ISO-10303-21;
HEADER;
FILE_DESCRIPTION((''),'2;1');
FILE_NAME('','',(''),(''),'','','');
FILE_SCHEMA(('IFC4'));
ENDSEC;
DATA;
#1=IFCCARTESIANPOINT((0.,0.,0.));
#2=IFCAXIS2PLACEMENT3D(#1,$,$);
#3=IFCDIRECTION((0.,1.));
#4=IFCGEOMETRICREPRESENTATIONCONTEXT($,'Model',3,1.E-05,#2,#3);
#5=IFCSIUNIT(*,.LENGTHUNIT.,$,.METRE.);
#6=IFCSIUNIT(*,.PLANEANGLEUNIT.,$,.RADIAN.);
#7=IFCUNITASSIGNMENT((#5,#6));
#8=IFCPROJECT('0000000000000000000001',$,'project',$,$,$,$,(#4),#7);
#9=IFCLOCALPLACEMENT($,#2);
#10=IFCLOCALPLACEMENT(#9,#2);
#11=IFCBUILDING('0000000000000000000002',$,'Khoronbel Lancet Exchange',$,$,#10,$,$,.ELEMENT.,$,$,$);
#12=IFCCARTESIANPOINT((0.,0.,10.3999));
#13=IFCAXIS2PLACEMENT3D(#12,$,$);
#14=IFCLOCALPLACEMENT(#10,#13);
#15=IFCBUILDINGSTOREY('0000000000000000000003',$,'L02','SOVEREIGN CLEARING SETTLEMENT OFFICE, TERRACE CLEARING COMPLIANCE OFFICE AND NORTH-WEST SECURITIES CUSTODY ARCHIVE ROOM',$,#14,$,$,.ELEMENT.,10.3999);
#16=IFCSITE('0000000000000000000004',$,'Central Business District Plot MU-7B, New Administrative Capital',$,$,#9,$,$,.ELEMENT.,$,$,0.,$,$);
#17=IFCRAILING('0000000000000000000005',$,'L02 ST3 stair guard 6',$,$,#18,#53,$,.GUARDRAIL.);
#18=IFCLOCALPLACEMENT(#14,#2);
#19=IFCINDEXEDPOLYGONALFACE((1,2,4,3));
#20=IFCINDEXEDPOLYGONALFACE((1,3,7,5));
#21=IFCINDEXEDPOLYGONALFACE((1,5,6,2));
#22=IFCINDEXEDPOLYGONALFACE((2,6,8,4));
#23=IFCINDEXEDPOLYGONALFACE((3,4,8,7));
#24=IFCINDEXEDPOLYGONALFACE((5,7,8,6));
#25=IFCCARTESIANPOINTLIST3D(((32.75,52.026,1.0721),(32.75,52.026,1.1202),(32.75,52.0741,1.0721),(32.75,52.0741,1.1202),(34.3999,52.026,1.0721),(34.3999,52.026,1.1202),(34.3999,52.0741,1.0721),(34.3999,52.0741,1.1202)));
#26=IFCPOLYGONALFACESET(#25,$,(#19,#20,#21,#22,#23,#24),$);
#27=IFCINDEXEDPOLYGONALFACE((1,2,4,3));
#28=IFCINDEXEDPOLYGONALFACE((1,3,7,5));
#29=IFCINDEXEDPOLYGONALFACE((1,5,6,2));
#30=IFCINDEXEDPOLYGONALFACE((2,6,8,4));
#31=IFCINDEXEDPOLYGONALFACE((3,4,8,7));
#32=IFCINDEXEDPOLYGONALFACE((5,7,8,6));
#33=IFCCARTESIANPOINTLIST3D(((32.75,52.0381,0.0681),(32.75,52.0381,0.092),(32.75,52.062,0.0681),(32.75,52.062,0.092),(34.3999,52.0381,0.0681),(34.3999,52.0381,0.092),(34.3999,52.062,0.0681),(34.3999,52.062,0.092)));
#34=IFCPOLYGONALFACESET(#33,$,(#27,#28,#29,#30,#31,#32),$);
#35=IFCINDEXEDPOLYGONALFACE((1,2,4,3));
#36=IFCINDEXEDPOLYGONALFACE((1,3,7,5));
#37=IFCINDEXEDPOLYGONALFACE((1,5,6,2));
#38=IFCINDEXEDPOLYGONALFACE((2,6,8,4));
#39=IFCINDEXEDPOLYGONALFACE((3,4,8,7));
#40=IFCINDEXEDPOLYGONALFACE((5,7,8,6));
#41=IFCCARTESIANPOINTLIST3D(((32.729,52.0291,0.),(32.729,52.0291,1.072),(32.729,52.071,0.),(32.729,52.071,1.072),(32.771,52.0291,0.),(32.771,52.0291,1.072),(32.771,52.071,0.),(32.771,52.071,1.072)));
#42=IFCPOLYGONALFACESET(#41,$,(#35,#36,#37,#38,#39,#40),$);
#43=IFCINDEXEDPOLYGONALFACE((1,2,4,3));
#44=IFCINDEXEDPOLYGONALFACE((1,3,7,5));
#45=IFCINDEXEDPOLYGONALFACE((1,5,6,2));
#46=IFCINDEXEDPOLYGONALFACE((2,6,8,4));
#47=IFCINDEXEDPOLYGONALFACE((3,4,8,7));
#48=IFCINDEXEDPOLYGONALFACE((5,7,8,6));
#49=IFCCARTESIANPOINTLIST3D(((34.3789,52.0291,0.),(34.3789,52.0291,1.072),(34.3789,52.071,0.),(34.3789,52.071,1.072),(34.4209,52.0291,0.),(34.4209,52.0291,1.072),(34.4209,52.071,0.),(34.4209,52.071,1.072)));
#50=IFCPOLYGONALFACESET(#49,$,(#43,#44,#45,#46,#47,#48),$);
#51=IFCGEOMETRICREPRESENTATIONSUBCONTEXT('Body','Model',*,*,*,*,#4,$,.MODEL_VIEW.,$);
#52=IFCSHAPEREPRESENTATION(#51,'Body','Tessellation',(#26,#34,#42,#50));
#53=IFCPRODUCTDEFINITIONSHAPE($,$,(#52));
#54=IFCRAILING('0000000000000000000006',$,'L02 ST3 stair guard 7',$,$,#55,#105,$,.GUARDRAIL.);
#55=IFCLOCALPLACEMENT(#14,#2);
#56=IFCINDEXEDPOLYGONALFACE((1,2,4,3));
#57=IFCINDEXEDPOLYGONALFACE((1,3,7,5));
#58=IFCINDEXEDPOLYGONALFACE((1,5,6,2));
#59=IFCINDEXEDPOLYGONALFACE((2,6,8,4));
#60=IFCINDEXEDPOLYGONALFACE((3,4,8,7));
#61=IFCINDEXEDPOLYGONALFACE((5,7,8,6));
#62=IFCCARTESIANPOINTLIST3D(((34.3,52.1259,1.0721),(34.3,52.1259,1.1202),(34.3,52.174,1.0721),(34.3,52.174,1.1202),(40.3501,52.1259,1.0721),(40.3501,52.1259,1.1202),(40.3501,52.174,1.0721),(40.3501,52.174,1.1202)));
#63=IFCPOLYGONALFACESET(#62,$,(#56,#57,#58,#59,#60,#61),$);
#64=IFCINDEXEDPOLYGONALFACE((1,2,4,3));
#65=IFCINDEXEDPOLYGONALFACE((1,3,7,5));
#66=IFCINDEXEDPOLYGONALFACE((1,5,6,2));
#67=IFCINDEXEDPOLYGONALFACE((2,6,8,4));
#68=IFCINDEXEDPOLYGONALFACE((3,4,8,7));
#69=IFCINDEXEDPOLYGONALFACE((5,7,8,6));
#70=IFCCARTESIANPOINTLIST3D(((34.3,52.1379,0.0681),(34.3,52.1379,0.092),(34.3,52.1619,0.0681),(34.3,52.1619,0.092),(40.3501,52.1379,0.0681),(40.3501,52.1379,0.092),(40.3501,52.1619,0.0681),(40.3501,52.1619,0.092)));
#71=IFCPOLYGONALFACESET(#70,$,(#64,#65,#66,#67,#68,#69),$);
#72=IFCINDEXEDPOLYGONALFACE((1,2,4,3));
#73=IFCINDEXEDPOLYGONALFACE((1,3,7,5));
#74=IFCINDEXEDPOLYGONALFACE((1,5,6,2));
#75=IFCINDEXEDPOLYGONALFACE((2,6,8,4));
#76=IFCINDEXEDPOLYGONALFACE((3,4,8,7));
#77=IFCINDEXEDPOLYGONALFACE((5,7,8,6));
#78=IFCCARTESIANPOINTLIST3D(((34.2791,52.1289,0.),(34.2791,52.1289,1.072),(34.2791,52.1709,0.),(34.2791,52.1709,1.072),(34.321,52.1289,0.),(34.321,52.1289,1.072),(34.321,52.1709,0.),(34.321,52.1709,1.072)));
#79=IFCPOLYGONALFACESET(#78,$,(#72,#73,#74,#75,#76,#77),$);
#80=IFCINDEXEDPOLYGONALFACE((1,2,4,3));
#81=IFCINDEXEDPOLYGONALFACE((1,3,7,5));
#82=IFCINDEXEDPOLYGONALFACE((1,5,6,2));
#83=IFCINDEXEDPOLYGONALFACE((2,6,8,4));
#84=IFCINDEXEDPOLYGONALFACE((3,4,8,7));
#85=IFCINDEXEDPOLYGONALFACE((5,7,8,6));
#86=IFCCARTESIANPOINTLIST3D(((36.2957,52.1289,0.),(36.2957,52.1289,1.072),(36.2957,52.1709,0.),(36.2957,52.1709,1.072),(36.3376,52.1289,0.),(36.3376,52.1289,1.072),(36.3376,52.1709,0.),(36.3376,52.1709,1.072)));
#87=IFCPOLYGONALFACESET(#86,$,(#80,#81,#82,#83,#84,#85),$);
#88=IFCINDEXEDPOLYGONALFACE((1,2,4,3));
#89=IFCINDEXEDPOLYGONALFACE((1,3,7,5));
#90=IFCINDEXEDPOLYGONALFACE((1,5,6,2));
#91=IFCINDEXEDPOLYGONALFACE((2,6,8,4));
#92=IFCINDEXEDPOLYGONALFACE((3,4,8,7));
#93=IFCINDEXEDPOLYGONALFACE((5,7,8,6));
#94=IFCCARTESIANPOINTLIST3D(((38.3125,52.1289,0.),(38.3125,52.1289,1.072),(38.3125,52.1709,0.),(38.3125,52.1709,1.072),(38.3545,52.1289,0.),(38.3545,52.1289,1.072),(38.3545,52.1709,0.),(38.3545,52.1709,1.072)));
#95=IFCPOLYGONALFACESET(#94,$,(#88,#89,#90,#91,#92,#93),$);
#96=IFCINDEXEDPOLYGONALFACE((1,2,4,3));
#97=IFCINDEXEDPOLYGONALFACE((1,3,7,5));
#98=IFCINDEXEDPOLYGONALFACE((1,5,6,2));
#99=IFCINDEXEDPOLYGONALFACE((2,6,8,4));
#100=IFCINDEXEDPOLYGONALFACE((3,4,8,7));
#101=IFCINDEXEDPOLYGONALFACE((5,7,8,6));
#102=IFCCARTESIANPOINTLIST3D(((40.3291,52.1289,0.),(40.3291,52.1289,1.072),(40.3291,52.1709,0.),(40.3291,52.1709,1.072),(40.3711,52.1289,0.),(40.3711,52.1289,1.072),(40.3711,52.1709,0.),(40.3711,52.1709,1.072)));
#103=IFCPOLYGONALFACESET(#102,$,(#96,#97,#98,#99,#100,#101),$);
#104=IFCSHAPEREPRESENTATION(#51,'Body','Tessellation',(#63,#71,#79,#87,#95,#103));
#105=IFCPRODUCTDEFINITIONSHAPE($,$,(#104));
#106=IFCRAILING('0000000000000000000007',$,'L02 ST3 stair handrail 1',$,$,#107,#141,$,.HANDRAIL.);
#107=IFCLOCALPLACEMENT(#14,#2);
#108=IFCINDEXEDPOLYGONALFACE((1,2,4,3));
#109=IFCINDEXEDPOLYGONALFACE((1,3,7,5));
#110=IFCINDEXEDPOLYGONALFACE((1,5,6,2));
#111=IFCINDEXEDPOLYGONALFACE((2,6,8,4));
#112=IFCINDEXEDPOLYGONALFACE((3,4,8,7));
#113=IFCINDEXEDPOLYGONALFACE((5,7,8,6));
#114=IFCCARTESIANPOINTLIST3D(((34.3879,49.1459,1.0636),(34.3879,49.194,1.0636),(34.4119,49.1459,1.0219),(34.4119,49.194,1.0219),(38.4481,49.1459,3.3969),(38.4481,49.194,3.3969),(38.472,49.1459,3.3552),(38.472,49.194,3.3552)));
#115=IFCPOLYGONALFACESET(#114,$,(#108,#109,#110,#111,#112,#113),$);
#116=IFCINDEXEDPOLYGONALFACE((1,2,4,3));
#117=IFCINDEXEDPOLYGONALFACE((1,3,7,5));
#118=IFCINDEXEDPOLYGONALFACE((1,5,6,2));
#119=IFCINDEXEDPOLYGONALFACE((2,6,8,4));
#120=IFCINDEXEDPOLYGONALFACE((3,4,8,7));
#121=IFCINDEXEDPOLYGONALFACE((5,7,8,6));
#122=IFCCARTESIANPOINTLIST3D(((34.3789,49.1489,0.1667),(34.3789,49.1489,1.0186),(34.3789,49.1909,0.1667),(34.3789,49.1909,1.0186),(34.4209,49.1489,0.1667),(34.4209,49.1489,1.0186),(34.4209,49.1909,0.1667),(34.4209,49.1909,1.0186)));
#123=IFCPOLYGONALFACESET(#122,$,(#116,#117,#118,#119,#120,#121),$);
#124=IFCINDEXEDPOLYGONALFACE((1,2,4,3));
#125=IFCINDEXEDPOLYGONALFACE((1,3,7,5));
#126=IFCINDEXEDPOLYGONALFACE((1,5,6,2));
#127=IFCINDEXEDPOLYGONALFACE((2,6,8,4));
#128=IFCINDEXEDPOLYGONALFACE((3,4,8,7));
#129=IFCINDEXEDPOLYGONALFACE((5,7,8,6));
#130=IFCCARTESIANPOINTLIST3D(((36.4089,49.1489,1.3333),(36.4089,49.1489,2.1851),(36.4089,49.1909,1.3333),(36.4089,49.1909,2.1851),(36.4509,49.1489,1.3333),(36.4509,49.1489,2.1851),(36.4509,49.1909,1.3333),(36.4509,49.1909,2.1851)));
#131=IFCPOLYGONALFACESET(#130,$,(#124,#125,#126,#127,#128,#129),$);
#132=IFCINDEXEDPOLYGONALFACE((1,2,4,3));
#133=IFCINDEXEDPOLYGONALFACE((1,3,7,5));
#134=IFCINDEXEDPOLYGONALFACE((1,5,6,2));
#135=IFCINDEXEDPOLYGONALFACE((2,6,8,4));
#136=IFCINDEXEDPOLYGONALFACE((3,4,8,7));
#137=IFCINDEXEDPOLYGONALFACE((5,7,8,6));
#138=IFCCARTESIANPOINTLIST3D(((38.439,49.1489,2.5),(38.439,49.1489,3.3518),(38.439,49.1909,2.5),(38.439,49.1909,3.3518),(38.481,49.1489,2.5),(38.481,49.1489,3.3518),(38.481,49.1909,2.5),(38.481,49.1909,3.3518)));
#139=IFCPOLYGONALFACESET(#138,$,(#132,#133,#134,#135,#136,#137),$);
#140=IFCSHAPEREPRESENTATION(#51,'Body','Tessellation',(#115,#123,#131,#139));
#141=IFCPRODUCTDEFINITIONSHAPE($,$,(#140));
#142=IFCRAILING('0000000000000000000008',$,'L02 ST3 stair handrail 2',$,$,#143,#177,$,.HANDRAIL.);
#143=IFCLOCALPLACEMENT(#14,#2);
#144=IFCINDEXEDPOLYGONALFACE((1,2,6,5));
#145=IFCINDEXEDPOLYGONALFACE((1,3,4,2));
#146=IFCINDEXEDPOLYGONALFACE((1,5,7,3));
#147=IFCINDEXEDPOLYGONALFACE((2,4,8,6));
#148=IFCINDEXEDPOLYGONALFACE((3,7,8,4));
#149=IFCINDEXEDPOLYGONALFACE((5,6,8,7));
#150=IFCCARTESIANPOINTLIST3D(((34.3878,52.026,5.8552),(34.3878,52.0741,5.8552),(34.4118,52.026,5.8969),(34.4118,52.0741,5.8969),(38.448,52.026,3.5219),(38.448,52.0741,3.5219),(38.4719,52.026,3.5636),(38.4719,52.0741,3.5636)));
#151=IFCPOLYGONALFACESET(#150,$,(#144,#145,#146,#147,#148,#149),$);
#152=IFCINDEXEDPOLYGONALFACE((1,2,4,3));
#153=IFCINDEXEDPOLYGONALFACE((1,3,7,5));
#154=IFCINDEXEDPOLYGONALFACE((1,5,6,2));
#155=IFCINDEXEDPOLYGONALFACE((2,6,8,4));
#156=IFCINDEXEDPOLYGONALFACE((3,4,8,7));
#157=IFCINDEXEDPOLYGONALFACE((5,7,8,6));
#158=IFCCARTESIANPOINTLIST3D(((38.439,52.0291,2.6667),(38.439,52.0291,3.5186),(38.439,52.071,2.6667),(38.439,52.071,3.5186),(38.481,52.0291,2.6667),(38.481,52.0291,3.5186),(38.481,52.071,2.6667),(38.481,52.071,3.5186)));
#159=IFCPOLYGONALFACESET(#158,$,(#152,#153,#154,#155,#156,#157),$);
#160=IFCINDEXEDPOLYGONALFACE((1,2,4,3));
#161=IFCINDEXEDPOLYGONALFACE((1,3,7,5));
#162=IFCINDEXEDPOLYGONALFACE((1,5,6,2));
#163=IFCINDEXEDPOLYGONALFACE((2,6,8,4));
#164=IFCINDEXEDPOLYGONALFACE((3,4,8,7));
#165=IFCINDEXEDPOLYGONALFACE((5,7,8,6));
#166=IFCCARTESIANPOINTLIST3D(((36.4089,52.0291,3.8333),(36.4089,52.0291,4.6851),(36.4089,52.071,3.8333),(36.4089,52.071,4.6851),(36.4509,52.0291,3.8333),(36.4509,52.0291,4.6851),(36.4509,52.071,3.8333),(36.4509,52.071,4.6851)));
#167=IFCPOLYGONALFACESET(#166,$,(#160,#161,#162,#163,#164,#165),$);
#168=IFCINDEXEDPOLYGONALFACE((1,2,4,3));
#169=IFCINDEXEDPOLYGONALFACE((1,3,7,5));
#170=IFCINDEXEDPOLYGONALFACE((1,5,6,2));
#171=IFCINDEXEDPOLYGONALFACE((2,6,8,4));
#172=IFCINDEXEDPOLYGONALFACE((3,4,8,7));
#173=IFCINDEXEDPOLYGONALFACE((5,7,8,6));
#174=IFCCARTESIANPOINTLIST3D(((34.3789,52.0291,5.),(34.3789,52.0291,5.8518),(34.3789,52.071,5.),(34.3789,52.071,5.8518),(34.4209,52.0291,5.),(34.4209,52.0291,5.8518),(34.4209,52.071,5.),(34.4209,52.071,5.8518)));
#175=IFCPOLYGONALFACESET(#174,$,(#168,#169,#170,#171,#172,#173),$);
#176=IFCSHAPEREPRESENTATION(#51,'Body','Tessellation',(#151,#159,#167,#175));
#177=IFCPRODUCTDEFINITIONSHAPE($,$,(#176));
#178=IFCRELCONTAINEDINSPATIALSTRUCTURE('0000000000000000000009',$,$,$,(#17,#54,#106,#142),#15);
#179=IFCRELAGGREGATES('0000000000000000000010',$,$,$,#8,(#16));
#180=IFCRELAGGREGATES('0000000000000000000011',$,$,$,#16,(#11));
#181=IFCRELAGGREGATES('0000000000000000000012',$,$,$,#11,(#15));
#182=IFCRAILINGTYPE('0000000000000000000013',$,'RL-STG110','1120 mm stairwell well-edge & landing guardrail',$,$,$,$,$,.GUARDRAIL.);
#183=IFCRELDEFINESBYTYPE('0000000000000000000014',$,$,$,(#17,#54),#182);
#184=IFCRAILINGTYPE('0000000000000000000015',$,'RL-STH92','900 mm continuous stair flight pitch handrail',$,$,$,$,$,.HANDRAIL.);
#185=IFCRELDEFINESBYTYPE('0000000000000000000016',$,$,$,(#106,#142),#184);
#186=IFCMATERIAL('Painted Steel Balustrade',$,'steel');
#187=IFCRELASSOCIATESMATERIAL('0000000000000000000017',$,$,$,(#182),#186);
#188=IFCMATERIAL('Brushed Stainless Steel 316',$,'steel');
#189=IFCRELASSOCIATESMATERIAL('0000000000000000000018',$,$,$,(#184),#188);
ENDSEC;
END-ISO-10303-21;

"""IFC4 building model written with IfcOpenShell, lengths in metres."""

from ifc_helpers import new_model, si_unit, direction, frame, origin, origin_2d, place, context, subcontext, project, spatial, rectangle, extrude, material, type_object, element, save


model = new_model("IFC4")

# Units and contexts
model_context = context("Model", 3, precision=1e-05, world=origin(), true_north=direction((0.0, 1.0)))
body_context = subcontext(model_context, "Body", "Model", "MODEL_VIEW")
ifc_project = project(units=[si_unit("LENGTHUNIT", "METRE"), si_unit("PLANEANGLEUNIT", "RADIAN")], contexts=[model_context])

# Site, building, storey
site_placement = place(None, origin())
site = spatial("IfcSite", under=ifc_project, at=site_placement, Name="Central Business District Plot MU-7B, New Administrative Capital", CompositionType="ELEMENT", RefElevation=0.0)
building_placement = place(site_placement, origin())
building = spatial("IfcBuilding", under=site, at=building_placement, Name="Khoronbel Lancet Exchange", CompositionType="ELEMENT")
storey_placement = place(building_placement, frame((0.0, 0.0, 10.3999)))
storey = spatial("IfcBuildingStorey", under=building, at=storey_placement, Name="L02", Description="SOVEREIGN CLEARING SETTLEMENT OFFICE, TERRACE CLEARING COMPLIANCE OFFICE AND NORTH-WEST SECURITIES CUSTODY ARCHIVE ROOM", CompositionType="ELEMENT", Elevation=10.3999)

# Railings
ifc_material_1 = material(Name="Painted Steel Balustrade", Category="steel")
railing_type_1 = type_object("IfcRailingType", Name="RL-STG110", Description="1120 mm stairwell well-edge & landing guardrail", PredefinedType="GUARDRAIL", material=ifc_material_1)
railing_1_placement = place(storey_placement, frame((32.75, 52.05, 0.0)))
element("IfcRailing", 1, at=railing_1_placement, inside=storey, type_object=railing_type_1, Name="L02 ST3 stair guard 6", PredefinedType="GUARDRAIL", context=body_context, shape_type="SweptSolid", body=[
    extrude(rectangle(XDim=0.0481, YDim=0.0481, at=origin_2d()), frame((0.0, 0.0, 1.0962), z_axis=(1.0, 0.0, 0.0), x_axis=(0.0, 1.0, 0.0)), (0.0, 0.0, 1.0), 1.6499),
    extrude(rectangle(XDim=0.0239, YDim=0.0239, at=origin_2d()), frame((0.0, 0.0, 0.0801), z_axis=(1.0, 0.0, 0.0), x_axis=(0.0, 1.0, 0.0)), (0.0, 0.0, 1.0), 1.6499),
    extrude(rectangle(XDim=0.042, YDim=0.042, at=origin_2d()), origin(), (0.0, 0.0, 1.0), 1.072),
    extrude(rectangle(XDim=0.042, YDim=0.042, at=origin_2d()), frame((1.6499, 0.0, 0.0)), (0.0, 0.0, 1.0), 1.072),
])
railing_2_placement = place(storey_placement, frame((34.3, 52.1499, 0.0)))
element("IfcRailing", 2, at=railing_2_placement, inside=storey, type_object=railing_type_1, Name="L02 ST3 stair guard 7", PredefinedType="GUARDRAIL", context=body_context, shape_type="SweptSolid", body=[
    extrude(rectangle(XDim=0.0481, YDim=0.0481, at=origin_2d()), frame((0.0, 0.0, 1.0962), z_axis=(1.0, 0.0, 0.0), x_axis=(0.0, 1.0, 0.0)), (0.0, 0.0, 1.0), 6.05),
    extrude(rectangle(XDim=0.0239, YDim=0.0239, at=origin_2d()), frame((0.0, 0.0, 0.0801), z_axis=(1.0, 0.0, 0.0), x_axis=(0.0, 1.0, 0.0)), (0.0, 0.0, 1.0), 6.05),
    extrude(rectangle(XDim=0.042, YDim=0.042, at=origin_2d()), origin(), (0.0, 0.0, 1.0), 1.072),
    extrude(rectangle(XDim=0.042, YDim=0.042, at=origin_2d()), frame((2.0166, 0.0, 0.0)), (0.0, 0.0, 1.0), 1.072),
    extrude(rectangle(XDim=0.042, YDim=0.042, at=origin_2d()), frame((4.0334, 0.0, 0.0)), (0.0, 0.0, 1.0), 1.072),
    extrude(rectangle(XDim=0.042, YDim=0.042, at=origin_2d()), frame((6.05, 0.0, 0.0)), (0.0, 0.0, 1.0), 1.072),
])
ifc_material_2 = material(Name="Brushed Stainless Steel 316", Category="steel")
railing_type_2 = type_object("IfcRailingType", Name="RL-STH92", Description="900 mm continuous stair flight pitch handrail", PredefinedType="HANDRAIL", material=ifc_material_2)
railing_3_placement = place(storey_placement, frame((34.3999, 49.1699, 0.1667)))
element("IfcRailing", 3, at=railing_3_placement, inside=storey, type_object=railing_type_2, Name="L02 ST3 stair handrail 1", PredefinedType="HANDRAIL", context=body_context, shape_type="SweptSolid", body=[
    extrude(rectangle(XDim=0.0481, YDim=0.0481, at=origin_2d()), frame((0.0, 0.0, 0.876), z_axis=(0.867025, 0.0, 0.498265), x_axis=(0.0, 1.0, 0.0)), (0.0, 0.0, 1.0), 4.6829),
    extrude(rectangle(XDim=0.042, YDim=0.042, at=origin_2d()), origin(), (0.0, 0.0, 1.0), 0.8518),
    extrude(rectangle(XDim=0.042, YDim=0.042, at=origin_2d()), frame((2.03, 0.0, 1.1665)), (0.0, 0.0, 1.0), 0.8518),
    extrude(rectangle(XDim=0.042, YDim=0.042, at=origin_2d()), frame((4.0601, 0.0, 2.3333)), (0.0, 0.0, 1.0), 0.8518),
])
railing_4_placement = place(storey_placement, frame((38.46, 52.05, 2.6667)))
element("IfcRailing", 4, at=railing_4_placement, inside=storey, type_object=railing_type_2, Name="L02 ST3 stair handrail 2", PredefinedType="HANDRAIL", context=body_context, shape_type="SweptSolid", body=[
    extrude(rectangle(XDim=0.0481, YDim=0.0481, at=origin_2d()), frame((0.0, 0.0, 0.876), z_axis=(-0.867025, 0.0, 0.498265), x_axis=(0.0, -1.0, 0.0)), (0.0, 0.0, 1.0), 4.6829),
    extrude(rectangle(XDim=0.042, YDim=0.042, at=origin_2d()), origin(), (0.0, 0.0, 1.0), 0.8518),
    extrude(rectangle(XDim=0.042, YDim=0.042, at=origin_2d()), frame((-2.03, 0.0, 1.1665)), (0.0, 0.0, 1.0), 0.8518),
    extrude(rectangle(XDim=0.042, YDim=0.042, at=origin_2d()), frame((-4.0601, 0.0, 2.3333)), (0.0, 0.0, 1.0), 0.8518),
])

save(model, "model.ifc")
